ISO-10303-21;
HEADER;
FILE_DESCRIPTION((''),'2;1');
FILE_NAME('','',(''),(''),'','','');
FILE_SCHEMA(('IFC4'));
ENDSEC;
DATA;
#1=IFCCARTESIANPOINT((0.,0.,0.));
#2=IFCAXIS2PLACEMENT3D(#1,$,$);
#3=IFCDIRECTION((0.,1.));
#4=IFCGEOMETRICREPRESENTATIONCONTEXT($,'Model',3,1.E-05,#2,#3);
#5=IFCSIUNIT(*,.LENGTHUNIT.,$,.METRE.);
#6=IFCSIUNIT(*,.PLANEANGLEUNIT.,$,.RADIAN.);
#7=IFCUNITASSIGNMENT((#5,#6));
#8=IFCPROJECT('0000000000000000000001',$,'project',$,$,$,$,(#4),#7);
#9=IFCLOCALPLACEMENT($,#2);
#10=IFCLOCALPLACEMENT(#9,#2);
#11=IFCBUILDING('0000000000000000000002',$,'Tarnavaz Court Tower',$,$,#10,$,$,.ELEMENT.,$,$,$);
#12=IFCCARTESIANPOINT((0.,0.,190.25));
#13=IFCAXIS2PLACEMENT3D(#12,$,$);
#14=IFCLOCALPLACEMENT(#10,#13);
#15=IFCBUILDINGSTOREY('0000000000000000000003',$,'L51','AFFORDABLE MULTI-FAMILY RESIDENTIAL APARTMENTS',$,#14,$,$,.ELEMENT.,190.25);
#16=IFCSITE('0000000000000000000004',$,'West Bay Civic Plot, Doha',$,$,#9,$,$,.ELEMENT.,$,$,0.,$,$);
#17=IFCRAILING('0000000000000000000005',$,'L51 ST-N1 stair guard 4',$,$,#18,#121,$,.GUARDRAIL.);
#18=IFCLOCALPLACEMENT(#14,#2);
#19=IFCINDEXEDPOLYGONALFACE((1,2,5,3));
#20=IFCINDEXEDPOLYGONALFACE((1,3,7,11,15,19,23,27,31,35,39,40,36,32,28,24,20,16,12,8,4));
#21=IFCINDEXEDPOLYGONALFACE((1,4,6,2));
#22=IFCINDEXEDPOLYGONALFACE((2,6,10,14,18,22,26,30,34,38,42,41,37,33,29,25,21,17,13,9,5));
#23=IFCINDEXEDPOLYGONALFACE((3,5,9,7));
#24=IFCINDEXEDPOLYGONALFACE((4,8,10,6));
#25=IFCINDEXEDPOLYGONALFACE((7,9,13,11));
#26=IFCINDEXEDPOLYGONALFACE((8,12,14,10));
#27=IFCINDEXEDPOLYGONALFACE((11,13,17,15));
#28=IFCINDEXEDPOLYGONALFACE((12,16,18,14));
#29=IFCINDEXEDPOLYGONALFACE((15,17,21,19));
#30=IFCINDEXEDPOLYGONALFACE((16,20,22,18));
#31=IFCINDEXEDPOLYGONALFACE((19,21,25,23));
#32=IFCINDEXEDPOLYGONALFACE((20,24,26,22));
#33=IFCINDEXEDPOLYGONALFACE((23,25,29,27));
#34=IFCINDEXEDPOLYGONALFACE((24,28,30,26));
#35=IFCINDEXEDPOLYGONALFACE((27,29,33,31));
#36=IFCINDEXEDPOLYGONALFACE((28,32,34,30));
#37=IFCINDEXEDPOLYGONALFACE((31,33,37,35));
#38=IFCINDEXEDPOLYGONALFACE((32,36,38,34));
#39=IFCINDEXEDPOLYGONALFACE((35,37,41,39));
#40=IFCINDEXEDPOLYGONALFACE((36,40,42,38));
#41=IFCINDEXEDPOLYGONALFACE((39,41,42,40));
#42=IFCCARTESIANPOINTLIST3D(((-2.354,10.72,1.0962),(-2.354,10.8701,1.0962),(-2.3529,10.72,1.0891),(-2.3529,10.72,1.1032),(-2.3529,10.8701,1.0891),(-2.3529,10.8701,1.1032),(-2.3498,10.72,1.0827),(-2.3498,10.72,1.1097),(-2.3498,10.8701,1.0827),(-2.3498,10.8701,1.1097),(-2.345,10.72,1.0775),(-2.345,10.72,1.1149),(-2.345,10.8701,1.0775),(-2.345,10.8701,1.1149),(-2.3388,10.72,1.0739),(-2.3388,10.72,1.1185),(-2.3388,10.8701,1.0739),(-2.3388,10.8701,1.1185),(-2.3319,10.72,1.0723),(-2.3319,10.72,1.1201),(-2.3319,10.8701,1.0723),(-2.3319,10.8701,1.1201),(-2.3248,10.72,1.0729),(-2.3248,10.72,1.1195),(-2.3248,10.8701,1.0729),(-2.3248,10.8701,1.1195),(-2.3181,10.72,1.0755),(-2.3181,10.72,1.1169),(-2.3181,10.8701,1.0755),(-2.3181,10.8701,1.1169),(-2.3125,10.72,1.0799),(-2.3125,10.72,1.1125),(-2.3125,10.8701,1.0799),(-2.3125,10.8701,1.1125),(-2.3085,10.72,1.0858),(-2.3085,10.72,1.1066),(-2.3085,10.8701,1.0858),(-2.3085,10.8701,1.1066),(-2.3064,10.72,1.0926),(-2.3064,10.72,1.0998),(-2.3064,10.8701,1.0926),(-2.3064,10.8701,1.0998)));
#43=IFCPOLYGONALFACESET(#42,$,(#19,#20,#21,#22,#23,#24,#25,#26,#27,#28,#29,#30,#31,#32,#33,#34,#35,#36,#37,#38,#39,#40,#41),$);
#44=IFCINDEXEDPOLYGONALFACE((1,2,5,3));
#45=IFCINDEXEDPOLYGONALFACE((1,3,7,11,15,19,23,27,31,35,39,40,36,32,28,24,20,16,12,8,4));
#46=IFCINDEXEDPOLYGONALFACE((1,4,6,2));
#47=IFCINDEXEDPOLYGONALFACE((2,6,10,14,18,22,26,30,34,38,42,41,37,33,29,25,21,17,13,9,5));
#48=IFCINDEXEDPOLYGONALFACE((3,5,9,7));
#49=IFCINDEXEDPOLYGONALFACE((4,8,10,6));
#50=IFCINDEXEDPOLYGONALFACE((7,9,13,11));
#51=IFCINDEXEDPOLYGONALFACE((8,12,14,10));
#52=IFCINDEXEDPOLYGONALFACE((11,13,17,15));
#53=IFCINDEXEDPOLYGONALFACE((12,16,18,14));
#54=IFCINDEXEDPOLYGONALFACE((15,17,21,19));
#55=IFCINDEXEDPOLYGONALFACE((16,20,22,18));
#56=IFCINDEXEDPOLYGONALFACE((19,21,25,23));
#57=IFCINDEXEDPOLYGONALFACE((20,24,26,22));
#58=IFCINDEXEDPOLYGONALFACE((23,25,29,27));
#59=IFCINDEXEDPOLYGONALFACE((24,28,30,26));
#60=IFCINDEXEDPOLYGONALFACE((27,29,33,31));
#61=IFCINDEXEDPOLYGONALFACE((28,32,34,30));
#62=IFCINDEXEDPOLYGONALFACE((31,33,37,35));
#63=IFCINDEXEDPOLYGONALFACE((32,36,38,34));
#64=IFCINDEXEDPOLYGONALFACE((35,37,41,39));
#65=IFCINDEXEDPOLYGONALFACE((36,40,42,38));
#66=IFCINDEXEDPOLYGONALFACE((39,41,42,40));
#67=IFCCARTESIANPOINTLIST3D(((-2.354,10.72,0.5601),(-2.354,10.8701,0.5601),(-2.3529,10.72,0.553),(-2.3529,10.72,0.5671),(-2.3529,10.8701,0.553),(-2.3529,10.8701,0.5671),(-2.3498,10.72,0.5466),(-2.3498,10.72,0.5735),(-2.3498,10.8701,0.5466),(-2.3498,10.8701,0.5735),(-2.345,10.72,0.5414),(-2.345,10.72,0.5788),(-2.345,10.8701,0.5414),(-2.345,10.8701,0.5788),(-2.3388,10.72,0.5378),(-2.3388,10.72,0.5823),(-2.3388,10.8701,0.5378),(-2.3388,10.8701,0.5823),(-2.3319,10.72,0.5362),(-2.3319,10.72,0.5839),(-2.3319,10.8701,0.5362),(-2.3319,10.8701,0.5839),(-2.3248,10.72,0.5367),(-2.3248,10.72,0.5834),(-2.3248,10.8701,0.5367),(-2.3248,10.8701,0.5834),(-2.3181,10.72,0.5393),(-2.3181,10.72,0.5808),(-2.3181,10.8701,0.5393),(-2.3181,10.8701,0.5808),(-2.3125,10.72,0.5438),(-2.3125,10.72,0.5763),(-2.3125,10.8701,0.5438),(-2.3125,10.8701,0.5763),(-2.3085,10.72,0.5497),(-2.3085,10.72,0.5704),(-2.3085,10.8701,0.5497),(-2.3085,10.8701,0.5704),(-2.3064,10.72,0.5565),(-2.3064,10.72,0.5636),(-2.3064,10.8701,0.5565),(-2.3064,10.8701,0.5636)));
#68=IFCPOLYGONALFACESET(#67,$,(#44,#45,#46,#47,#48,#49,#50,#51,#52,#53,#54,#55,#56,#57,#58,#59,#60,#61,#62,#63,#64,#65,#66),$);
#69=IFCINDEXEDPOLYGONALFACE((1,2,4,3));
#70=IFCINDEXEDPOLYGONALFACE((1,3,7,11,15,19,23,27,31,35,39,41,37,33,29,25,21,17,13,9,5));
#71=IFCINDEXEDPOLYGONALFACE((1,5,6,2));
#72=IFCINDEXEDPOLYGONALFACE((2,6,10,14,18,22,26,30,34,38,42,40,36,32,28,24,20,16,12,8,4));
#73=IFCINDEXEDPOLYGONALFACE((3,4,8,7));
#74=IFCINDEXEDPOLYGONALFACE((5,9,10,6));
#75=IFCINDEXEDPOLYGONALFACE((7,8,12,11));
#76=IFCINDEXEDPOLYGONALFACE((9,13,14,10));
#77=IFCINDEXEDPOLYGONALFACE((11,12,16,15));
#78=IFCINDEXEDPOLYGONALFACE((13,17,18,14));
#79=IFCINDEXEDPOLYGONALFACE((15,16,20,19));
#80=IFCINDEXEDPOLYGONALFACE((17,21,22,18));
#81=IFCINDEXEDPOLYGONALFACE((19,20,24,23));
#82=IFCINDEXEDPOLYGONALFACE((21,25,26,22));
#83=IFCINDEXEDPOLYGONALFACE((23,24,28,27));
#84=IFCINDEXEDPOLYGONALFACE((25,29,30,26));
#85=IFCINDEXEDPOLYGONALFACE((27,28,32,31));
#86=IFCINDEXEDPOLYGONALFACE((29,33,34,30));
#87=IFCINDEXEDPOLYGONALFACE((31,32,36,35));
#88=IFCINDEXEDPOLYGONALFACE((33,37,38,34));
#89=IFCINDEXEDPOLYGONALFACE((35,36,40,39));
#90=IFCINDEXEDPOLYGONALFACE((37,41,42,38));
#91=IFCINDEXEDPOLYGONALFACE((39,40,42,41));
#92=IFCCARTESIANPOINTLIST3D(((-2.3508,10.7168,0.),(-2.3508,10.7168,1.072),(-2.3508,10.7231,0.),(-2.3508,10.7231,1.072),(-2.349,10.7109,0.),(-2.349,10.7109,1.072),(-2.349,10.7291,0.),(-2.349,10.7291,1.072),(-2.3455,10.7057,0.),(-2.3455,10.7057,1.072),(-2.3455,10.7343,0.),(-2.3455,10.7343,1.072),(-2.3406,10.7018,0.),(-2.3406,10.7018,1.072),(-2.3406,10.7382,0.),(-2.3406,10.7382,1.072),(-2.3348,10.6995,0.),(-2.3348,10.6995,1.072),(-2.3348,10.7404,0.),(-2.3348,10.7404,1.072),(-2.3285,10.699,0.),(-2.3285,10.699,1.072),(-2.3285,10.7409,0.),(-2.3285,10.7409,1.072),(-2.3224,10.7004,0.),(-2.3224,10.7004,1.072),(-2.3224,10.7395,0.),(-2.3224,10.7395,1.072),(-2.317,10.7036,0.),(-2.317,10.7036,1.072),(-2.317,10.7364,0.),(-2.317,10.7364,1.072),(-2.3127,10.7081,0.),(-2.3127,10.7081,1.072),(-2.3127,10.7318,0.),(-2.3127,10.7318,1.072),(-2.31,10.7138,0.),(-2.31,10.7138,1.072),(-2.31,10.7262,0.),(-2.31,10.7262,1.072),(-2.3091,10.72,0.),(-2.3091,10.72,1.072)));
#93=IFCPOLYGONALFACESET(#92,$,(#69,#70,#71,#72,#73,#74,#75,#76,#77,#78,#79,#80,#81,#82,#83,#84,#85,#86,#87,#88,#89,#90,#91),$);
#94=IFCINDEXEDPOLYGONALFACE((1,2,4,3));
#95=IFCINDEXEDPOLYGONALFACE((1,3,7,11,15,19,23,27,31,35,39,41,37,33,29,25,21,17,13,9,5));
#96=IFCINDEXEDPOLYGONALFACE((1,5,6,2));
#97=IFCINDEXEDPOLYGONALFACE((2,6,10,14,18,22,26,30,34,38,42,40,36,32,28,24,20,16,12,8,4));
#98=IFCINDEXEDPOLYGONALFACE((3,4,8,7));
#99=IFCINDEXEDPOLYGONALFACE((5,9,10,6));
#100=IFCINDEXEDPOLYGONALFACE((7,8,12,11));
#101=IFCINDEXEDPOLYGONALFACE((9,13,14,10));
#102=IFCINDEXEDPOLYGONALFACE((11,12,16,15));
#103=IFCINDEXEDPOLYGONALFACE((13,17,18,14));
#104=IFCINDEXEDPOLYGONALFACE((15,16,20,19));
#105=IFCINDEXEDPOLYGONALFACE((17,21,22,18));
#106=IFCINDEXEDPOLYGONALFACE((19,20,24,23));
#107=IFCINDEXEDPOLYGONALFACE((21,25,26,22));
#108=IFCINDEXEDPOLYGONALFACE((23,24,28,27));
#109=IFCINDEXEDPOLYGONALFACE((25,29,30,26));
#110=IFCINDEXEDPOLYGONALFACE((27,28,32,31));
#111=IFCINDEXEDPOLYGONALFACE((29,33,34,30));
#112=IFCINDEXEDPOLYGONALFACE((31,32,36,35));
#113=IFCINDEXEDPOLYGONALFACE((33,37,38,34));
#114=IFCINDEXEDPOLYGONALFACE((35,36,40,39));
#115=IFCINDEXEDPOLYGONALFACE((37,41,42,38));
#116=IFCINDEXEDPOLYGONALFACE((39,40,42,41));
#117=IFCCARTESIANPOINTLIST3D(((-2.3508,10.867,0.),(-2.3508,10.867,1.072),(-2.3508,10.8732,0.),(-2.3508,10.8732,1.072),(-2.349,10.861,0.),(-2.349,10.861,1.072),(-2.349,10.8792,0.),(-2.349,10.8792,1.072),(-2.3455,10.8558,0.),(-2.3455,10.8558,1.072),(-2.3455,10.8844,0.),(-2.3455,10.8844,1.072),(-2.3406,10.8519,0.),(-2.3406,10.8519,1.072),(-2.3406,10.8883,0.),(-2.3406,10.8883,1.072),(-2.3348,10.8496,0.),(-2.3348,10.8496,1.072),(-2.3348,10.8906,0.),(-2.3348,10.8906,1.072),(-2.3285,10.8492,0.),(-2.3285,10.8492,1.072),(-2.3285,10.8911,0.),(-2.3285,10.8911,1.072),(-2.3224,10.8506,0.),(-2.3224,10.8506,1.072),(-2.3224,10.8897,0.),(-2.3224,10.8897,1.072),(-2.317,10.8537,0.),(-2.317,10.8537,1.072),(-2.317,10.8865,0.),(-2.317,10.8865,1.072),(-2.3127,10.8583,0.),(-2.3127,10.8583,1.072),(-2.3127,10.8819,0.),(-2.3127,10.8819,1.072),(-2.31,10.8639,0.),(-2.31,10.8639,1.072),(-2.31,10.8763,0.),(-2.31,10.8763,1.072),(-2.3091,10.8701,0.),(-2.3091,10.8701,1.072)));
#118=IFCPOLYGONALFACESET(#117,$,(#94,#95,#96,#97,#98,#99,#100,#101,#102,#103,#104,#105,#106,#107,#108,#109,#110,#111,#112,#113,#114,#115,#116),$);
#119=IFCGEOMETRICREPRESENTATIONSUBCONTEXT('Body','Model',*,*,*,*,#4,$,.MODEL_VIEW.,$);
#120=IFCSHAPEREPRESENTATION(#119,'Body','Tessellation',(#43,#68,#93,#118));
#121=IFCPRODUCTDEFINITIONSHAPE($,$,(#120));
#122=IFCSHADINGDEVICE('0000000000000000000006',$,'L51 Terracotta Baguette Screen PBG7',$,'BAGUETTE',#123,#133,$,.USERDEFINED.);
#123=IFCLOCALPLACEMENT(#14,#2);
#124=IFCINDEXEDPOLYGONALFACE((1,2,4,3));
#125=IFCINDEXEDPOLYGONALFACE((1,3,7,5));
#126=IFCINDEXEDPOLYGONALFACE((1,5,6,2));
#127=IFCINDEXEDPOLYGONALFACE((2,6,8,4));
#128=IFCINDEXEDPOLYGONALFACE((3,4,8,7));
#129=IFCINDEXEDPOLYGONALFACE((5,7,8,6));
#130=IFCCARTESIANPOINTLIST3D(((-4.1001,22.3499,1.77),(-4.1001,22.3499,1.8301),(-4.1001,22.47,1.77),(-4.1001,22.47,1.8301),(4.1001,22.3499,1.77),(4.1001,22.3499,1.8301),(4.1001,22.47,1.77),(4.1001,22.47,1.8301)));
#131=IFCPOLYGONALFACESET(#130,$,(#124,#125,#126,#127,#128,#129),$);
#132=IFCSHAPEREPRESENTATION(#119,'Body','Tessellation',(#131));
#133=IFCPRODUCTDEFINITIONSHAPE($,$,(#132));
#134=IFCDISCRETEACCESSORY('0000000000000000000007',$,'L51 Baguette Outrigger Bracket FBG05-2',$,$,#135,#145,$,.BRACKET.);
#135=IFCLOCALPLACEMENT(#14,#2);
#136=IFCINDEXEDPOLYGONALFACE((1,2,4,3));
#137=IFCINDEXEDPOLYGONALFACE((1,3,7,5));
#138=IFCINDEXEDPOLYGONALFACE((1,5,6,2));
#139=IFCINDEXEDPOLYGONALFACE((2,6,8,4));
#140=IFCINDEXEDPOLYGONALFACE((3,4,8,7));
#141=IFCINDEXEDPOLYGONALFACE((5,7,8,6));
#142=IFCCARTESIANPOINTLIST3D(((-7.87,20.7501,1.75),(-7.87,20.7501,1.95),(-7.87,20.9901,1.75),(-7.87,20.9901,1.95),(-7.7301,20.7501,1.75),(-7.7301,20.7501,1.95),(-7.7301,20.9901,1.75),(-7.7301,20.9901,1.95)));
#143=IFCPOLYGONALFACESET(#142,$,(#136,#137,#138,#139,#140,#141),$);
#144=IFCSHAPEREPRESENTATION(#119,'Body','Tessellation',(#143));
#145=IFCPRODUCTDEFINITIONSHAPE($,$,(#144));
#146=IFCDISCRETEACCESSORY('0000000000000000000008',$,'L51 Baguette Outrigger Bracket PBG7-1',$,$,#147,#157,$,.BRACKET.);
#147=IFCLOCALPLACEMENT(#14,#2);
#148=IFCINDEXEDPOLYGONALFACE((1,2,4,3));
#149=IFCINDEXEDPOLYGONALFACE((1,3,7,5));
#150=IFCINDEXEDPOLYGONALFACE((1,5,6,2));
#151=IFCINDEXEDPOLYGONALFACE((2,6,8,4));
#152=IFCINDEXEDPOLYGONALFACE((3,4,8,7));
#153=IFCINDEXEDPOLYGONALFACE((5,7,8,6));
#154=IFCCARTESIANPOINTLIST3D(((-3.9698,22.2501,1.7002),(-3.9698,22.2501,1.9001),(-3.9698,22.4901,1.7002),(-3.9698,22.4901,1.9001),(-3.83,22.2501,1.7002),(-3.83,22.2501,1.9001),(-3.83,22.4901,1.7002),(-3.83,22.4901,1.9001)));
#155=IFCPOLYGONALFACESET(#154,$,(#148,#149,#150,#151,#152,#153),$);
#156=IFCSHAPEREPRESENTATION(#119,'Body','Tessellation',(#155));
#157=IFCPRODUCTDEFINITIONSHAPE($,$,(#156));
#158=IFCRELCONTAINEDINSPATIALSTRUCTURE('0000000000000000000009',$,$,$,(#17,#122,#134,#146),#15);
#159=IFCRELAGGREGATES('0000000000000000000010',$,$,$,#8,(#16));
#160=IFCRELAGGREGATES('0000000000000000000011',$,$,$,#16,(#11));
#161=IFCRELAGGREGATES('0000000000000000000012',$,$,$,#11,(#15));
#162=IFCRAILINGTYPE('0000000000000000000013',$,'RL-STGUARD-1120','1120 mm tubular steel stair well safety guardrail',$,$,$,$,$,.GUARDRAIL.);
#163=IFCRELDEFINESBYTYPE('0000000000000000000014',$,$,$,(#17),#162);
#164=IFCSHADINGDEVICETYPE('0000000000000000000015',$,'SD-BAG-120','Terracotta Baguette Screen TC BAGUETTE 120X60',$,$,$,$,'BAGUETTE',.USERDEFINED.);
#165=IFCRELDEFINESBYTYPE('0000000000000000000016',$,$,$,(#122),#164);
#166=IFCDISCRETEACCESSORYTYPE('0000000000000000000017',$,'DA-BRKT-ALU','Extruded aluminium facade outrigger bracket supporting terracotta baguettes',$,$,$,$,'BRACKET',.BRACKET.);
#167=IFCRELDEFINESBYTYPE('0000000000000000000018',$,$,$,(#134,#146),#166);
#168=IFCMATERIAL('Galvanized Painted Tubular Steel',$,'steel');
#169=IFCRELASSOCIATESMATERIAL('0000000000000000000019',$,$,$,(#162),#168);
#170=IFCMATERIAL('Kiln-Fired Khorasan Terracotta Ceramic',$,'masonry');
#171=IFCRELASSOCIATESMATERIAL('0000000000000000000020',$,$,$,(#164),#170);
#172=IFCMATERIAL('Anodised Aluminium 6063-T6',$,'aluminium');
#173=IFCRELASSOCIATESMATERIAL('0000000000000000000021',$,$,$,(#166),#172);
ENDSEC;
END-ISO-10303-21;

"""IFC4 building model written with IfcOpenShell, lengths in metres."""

from ifc_helpers import new_model, si_unit, direction, frame, origin, origin_2d, place, context, subcontext, project, spatial, rectangle, circle, extrude, material, material_profile, profile_set, type_object, element, save


model = new_model("IFC4")

# Units and contexts
model_context = context("Model", 3, precision=1e-05, world=origin(), true_north=direction((0.0, 1.0)))
body_context = subcontext(model_context, "Body", "Model", "MODEL_VIEW")
ifc_project = project(units=[si_unit("LENGTHUNIT", "METRE"), si_unit("PLANEANGLEUNIT", "RADIAN")], contexts=[model_context])

# Site, building, storey
site_placement = place(None, origin())
site = spatial("IfcSite", under=ifc_project, at=site_placement, Name="West Bay Civic Plot, Doha", CompositionType="ELEMENT", RefElevation=0.0)
building_placement = place(site_placement, origin())
building = spatial("IfcBuilding", under=site, at=building_placement, Name="Tarnavaz Court Tower", CompositionType="ELEMENT")
storey_placement = place(building_placement, frame((0.0, 0.0, 190.25)))
storey = spatial("IfcBuildingStorey", under=building, at=storey_placement, Name="L51", Description="AFFORDABLE MULTI-FAMILY RESIDENTIAL APARTMENTS", CompositionType="ELEMENT", Elevation=190.25)

# Shared definitions
ifc_material_1 = material(Name="Anodised Aluminium 6063-T6", Category="aluminium")

# Railing
ifc_material_2 = material(Name="Galvanized Painted Tubular Steel", Category="steel")
railing_type = type_object("IfcRailingType", Name="RL-STGUARD-1120", Description="1120 mm tubular steel stair well safety guardrail", PredefinedType="GUARDRAIL", material=ifc_material_2)
railing_1_placement = place(storey_placement, frame((-2.3301, 10.72, 0.0)))
element("IfcRailing", 1, at=railing_1_placement, inside=storey, type_object=railing_type, Name="L51 ST-N1 stair guard 4", PredefinedType="GUARDRAIL", context=body_context, shape_type="SweptSolid", body=[
    extrude(circle(Radius=0.0239, at=origin_2d()), frame((0.0, 0.0, 1.0962), z_axis=(0.0, 1.0, 0.0), x_axis=(-1.0, 0.0, 0.0)), (0.0, 0.0, 1.0), 0.1501),
    extrude(circle(Radius=0.0239, at=origin_2d()), frame((0.0, 0.0, 0.5601), z_axis=(0.0, 1.0, 0.0), x_axis=(-1.0, 0.0, 0.0)), (0.0, 0.0, 1.0), 0.1501),
    extrude(circle(Radius=0.021, at=origin_2d()), origin(), (0.0, 0.0, 1.0), 1.072),
    extrude(circle(Radius=0.021, at=origin_2d()), frame((0.0, 0.1501, 0.0)), (0.0, 0.0, 1.0), 1.072),
])

# Shading device
ifc_material_3 = material(Name="Kiln-Fired Khorasan Terracotta Ceramic", Category="masonry")
ifc_material_profile_1 = material_profile(ifc_material_3, rectangle(XDim=0.1201, YDim=0.0601, at=origin_2d()), Name="TC BAGUETTE 120X60")
ifc_profile_set_1 = profile_set([ifc_material_profile_1], Name="Kiln-Fired Khorasan Terracotta Ceramic")
shading_device_type = type_object("IfcShadingDeviceType", Name="SD-BAG-120", Description="Terracotta Baguette Screen TC BAGUETTE 120X60", ElementType="BAGUETTE", PredefinedType="USERDEFINED", material=ifc_profile_set_1)
shading_device_placement = place(storey_placement, frame((-4.1001, 22.4099, 1.8), z_axis=(1.0, 0.0, 0.0), x_axis=(0.0, 1.0, 0.0)))
element("IfcShadingDevice", 2, at=shading_device_placement, inside=storey, type_object=shading_device_type, Name="L51 Terracotta Baguette Screen PBG7", ObjectType="BAGUETTE", PredefinedType="USERDEFINED", context=body_context, shape_type="SweptSolid", body=[
    extrude(rectangle(XDim=0.1201, YDim=0.0601, at=origin_2d()), origin(), (0.0, 0.0, 1.0), 8.2002),
])

# Discrete accessories
discrete_accessory_type = type_object("IfcDiscreteAccessoryType", Name="DA-BRKT-ALU", Description="Extruded aluminium facade outrigger bracket supporting terracotta baguettes", ElementType="BRACKET", PredefinedType="BRACKET", material=ifc_material_1)
for number, where, z_axis, x_axis, name in (
    (3, (-7.8, 20.8701, 1.75), (0.0, 0.0, 1.0), (1.0, 0.0, 0.0), "L51 Baguette Outrigger Bracket FBG05-2"),
    (4, (-3.8999, 22.3701, 1.7002), (0.0, 0.0, 1.0), (1.0, 0.0, 0.0), "L51 Baguette Outrigger Bracket PBG7-1"),
):
    element("IfcDiscreteAccessory", number, at=place(storey_placement, frame(where, z_axis=z_axis, x_axis=x_axis)), inside=storey, type_object=discrete_accessory_type, Name=name, PredefinedType="BRACKET", context=body_context, shape_type="SweptSolid", body=[
        extrude(rectangle(XDim=0.1399, YDim=0.24, at=origin_2d()), origin(), (0.0, 0.0, 1.0), 0.2),
    ])

save(model, "model.ifc")
